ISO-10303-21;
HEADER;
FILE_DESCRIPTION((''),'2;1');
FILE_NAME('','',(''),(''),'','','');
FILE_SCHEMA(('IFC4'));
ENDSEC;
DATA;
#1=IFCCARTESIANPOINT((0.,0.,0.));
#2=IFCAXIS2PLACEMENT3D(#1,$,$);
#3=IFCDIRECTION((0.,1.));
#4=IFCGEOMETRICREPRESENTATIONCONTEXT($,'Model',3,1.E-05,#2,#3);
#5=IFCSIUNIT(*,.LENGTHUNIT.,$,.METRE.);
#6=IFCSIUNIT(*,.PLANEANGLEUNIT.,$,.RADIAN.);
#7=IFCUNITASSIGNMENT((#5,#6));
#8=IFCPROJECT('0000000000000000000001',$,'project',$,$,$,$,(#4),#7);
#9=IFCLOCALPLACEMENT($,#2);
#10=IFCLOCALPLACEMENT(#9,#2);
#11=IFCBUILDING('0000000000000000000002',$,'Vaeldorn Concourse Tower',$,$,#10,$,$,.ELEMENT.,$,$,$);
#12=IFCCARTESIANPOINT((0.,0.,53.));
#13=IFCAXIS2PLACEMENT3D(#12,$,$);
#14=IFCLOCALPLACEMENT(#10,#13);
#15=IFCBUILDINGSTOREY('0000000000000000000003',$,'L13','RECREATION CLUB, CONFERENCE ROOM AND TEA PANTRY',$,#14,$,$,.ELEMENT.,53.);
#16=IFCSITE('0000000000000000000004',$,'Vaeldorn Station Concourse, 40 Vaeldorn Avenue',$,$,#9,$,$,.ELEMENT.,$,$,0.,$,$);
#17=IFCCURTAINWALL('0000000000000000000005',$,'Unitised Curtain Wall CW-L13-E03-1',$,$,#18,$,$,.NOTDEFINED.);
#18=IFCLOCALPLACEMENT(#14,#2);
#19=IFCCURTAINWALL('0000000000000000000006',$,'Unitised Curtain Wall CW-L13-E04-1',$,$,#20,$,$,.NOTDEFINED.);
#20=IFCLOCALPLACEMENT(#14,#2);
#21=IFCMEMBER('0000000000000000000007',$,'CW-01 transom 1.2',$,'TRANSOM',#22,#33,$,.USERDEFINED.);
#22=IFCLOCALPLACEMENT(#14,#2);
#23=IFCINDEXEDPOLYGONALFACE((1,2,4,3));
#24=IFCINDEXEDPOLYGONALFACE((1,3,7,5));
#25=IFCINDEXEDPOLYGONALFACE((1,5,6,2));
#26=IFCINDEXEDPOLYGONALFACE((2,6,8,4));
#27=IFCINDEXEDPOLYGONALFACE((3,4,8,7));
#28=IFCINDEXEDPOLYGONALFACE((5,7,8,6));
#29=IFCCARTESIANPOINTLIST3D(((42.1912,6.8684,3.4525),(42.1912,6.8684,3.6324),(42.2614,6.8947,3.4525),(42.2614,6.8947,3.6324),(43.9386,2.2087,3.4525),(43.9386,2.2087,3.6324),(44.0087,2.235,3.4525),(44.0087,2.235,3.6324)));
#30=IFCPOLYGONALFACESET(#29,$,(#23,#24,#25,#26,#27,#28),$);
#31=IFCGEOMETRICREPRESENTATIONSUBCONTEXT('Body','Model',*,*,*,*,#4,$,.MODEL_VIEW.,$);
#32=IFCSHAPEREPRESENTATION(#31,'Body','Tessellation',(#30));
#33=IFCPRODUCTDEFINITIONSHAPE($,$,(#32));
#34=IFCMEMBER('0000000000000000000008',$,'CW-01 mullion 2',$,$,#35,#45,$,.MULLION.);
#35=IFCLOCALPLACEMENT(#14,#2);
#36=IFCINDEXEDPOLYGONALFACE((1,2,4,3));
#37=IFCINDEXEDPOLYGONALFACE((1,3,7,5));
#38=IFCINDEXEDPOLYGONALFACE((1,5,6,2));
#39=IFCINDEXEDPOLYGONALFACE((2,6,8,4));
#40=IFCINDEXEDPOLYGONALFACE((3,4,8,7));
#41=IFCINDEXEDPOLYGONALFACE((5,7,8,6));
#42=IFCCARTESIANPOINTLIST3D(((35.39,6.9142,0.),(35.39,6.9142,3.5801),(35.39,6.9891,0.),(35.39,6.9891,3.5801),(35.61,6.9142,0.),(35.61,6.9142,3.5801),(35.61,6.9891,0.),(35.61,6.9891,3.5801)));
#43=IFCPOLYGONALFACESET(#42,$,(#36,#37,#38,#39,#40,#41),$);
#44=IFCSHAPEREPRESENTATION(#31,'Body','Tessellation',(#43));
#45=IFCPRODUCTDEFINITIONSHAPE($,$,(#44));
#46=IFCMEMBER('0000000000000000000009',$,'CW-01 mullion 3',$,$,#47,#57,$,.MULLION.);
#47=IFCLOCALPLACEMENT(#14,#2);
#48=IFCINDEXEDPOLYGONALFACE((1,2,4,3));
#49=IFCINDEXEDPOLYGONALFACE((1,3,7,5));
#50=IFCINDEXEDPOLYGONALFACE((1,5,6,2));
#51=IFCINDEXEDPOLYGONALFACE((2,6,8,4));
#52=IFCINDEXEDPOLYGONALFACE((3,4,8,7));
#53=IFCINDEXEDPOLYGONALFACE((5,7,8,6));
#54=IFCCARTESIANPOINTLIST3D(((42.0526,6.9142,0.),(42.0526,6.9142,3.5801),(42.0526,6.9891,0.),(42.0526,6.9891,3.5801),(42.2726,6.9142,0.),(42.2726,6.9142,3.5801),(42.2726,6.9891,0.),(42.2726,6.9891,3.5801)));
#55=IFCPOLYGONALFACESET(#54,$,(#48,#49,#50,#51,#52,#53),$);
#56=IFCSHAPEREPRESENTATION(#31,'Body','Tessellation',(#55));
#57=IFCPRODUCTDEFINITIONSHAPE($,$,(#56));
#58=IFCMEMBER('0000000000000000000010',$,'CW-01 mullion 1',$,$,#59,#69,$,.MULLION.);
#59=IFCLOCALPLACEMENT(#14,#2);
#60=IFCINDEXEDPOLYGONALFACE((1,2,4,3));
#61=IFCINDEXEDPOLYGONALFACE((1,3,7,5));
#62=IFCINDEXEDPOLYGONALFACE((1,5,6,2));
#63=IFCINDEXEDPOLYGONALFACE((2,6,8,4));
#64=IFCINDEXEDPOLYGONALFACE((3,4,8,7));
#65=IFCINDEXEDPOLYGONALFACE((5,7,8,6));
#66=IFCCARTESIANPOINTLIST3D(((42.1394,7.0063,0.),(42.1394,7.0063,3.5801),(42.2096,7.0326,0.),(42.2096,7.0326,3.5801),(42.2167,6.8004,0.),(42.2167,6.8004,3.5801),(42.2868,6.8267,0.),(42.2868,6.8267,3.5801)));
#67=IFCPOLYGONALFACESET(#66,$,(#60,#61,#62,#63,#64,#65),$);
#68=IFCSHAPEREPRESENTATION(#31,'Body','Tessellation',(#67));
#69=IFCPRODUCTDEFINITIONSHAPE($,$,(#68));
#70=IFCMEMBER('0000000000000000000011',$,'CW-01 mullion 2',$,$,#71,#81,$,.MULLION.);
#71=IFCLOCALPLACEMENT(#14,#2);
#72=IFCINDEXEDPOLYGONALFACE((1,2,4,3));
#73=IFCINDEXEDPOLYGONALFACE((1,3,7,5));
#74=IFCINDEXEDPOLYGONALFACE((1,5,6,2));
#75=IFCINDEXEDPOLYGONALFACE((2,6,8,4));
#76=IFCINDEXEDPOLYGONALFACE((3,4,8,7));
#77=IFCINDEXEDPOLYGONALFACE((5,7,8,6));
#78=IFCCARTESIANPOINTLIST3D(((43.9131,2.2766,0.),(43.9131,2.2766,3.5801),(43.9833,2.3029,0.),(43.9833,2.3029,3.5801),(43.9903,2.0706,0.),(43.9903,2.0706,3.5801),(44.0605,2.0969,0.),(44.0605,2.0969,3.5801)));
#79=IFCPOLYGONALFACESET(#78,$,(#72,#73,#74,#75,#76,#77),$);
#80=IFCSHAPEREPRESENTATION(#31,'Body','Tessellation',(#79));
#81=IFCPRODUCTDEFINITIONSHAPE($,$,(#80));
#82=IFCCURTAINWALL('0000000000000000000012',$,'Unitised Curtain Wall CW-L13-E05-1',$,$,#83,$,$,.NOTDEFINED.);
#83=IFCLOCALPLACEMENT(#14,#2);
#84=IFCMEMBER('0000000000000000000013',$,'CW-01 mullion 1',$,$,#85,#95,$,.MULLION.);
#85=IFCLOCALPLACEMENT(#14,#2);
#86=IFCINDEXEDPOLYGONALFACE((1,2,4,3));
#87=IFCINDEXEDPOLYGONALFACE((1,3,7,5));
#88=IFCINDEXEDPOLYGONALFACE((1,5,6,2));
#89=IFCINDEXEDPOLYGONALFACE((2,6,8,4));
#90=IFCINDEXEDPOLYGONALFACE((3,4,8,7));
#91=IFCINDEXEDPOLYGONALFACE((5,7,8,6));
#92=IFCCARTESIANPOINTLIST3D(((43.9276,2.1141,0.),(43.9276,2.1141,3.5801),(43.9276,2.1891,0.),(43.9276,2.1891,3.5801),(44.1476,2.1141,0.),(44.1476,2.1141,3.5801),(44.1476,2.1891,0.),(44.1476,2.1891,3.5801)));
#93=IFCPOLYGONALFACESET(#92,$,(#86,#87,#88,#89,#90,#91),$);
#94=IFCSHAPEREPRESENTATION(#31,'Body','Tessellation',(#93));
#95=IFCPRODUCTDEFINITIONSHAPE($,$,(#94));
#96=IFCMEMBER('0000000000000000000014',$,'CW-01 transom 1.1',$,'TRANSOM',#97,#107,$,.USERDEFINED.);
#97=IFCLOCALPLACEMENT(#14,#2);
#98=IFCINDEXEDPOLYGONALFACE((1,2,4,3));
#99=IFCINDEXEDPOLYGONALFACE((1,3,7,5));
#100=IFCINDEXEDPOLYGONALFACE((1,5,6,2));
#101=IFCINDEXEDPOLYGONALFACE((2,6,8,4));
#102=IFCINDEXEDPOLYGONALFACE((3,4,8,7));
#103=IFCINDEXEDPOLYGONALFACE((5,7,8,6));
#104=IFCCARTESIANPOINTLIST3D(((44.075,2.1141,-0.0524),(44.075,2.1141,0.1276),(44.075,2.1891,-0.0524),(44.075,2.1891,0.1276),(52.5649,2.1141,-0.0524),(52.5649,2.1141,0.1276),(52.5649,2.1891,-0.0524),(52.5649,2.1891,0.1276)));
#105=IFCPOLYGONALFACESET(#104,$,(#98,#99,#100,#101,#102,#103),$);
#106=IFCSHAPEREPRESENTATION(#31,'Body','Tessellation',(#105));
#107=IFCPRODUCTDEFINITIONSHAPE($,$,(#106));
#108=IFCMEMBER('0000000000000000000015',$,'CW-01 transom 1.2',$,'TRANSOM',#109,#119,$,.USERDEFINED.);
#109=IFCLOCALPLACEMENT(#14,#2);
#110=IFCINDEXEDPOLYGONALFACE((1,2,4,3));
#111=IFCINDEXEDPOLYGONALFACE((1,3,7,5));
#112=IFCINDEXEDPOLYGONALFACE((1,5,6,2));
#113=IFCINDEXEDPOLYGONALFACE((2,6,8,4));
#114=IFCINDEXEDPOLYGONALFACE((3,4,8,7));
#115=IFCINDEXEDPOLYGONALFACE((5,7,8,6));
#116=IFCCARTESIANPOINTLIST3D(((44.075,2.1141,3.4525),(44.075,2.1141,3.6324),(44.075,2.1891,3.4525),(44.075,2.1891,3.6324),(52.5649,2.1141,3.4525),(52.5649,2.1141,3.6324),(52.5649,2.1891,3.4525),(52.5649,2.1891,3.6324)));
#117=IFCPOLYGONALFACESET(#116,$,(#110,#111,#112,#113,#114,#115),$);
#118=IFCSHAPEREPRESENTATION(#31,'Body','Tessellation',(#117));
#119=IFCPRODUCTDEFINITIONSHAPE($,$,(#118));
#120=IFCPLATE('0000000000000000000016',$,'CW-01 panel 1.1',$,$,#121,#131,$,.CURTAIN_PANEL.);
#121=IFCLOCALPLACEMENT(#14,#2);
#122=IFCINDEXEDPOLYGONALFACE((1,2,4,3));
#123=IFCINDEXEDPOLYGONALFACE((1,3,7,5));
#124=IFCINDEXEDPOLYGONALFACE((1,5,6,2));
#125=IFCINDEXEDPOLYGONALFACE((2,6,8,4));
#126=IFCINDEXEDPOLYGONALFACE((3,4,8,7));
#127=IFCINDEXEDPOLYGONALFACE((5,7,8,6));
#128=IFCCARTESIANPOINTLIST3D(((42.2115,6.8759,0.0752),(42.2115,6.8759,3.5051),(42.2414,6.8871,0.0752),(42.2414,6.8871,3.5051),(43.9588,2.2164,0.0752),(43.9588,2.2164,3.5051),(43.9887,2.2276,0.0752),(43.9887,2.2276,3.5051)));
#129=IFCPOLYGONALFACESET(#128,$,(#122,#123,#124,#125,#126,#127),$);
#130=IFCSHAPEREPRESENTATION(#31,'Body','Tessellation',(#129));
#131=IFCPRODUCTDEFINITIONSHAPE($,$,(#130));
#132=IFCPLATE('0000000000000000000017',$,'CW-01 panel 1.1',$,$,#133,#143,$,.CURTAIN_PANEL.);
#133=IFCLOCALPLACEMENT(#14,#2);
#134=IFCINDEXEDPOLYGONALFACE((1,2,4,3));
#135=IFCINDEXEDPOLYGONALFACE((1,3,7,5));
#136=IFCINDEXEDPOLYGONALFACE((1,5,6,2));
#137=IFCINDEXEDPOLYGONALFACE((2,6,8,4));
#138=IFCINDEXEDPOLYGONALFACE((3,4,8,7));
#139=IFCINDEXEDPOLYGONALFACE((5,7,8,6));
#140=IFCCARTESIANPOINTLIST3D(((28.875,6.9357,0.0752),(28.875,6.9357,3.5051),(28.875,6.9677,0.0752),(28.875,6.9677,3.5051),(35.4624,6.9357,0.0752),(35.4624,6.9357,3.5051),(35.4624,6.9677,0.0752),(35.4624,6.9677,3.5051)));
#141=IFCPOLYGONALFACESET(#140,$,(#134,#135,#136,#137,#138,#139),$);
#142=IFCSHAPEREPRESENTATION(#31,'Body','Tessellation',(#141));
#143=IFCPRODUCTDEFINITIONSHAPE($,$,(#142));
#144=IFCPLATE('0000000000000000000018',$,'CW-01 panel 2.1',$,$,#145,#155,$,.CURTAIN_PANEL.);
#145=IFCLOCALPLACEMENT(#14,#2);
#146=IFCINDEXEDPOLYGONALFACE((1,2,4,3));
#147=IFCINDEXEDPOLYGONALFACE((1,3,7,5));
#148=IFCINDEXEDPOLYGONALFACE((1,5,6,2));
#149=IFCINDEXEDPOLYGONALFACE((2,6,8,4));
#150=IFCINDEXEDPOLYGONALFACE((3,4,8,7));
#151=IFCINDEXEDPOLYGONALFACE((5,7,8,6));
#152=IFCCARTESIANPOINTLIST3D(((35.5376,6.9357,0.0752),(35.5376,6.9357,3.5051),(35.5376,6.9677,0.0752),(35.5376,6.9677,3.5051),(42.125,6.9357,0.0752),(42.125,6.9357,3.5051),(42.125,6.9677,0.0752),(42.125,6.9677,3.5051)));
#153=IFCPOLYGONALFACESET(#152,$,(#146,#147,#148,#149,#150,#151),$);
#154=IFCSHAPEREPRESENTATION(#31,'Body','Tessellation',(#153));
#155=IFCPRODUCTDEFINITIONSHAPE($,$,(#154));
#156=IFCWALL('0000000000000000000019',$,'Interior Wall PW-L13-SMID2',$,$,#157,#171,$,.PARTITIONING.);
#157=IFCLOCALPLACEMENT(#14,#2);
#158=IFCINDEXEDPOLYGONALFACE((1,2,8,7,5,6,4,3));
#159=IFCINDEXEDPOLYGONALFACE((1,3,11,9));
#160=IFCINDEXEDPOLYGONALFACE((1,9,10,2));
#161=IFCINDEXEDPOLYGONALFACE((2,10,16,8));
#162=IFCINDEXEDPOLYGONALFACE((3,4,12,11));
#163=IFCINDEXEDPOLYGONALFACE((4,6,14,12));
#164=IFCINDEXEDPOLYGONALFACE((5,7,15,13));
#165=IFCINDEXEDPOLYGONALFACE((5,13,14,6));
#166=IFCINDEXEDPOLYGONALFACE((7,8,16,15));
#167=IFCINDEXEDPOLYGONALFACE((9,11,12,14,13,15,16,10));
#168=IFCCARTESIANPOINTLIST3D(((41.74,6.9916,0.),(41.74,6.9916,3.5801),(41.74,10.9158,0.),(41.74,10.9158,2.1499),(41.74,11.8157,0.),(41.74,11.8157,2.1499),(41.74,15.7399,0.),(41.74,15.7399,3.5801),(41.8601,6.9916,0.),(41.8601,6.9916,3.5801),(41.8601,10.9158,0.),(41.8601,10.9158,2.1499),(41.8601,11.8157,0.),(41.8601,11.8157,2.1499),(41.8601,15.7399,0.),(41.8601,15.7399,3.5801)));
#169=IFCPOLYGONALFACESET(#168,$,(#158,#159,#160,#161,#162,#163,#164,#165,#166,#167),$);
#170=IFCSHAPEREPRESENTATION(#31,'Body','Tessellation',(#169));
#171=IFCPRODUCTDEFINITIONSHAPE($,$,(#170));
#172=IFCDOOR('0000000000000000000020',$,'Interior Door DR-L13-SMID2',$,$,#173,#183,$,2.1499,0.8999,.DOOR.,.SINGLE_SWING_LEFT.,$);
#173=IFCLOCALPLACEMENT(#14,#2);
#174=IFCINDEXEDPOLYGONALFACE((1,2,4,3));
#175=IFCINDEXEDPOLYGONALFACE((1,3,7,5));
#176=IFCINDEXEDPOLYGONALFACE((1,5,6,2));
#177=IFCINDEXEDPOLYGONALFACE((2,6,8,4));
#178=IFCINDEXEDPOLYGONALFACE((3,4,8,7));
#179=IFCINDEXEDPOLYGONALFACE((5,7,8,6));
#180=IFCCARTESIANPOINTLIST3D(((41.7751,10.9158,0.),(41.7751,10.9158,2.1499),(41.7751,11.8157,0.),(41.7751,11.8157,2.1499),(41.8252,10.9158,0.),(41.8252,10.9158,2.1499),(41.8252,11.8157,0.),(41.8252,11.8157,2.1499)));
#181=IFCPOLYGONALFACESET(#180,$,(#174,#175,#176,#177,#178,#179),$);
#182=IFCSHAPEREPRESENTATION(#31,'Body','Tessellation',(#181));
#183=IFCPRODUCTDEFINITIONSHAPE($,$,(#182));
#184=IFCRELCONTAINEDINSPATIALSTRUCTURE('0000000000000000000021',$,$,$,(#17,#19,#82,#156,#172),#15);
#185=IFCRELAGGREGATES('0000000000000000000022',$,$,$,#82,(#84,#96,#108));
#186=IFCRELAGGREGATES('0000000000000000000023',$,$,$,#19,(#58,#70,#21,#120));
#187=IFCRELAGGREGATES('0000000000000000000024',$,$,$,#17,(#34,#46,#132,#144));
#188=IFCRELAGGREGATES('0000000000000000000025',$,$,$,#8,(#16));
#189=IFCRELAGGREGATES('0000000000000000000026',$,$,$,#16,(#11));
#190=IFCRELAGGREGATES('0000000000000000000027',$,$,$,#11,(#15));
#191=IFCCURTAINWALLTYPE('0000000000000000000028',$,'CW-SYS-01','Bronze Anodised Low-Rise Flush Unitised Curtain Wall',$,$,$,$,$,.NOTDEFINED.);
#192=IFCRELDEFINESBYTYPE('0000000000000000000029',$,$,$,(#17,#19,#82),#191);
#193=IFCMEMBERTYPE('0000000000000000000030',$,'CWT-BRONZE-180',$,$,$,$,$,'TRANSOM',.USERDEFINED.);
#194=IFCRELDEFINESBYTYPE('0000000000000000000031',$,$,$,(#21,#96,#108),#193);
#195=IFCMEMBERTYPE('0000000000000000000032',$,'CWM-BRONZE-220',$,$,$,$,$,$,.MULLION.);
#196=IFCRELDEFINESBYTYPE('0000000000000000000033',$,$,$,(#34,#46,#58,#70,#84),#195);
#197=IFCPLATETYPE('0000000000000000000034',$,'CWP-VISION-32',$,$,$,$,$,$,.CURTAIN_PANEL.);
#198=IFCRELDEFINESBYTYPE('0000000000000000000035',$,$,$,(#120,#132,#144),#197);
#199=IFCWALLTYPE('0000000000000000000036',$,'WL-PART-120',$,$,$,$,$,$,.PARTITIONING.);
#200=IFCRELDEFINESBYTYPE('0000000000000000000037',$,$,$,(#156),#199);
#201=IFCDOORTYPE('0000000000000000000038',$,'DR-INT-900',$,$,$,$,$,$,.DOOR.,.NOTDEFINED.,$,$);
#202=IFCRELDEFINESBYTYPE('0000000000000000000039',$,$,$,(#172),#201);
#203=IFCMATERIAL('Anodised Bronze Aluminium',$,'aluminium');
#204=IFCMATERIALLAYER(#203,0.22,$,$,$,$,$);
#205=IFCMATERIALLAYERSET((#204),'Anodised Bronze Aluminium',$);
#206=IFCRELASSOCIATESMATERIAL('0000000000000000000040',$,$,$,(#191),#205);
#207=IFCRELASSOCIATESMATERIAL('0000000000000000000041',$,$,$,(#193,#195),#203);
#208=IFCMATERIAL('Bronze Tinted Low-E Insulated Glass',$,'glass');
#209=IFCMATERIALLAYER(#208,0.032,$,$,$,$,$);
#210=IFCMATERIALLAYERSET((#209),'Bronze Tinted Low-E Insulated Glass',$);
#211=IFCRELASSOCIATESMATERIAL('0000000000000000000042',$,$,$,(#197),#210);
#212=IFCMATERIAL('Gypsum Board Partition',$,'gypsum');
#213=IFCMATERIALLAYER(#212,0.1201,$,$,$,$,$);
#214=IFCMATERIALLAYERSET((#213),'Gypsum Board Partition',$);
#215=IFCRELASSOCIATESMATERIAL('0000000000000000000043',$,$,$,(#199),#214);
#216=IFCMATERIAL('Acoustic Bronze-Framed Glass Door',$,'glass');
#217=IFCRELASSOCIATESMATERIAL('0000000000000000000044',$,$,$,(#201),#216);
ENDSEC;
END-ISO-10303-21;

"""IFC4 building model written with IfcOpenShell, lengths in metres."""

from ifc_helpers import new_model, si_unit, direction, frame, frame_2d, origin, origin_2d, place, context, subcontext, project, spatial, rectangle, extrude, source, transform, mapped, material, layer, layer_set, material_profile, profile_set, type_object, element, fill, aggregate, save


model = new_model("IFC4")

# Units and contexts
model_context = context("Model", 3, precision=1e-05, world=origin(), true_north=direction((0.0, 1.0)))
body_context = subcontext(model_context, "Body", "Model", "MODEL_VIEW")
ifc_project = project(units=[si_unit("LENGTHUNIT", "METRE"), si_unit("PLANEANGLEUNIT", "RADIAN")], contexts=[model_context])

# Site, building, storey
site_placement = place(None, origin())
site = spatial("IfcSite", under=ifc_project, at=site_placement, Name="Vaeldorn Station Concourse, 40 Vaeldorn Avenue", CompositionType="ELEMENT", RefElevation=0.0)
building_placement = place(site_placement, origin())
building = spatial("IfcBuilding", under=site, at=building_placement, Name="Vaeldorn Concourse Tower", CompositionType="ELEMENT")
storey_placement = place(building_placement, frame((0.0, 0.0, 53.0)))
storey = spatial("IfcBuildingStorey", under=building, at=storey_placement, Name="L13", Description="RECREATION CLUB, CONFERENCE ROOM AND TEA PANTRY", CompositionType="ELEMENT", Elevation=53.0)

# Curtain walls, member
ifc_material_1 = material(Name="Anodised Bronze Aluminium", Category="aluminium")
ifc_layer_1 = layer(ifc_material_1, 0.22)
ifc_layer_set_1 = layer_set([ifc_layer_1], Name="Anodised Bronze Aluminium")
curtain_wall_type = type_object("IfcCurtainWallType", Name="CW-SYS-01", Description="Bronze Anodised Low-Rise Flush Unitised Curtain Wall", PredefinedType="NOTDEFINED", material=ifc_layer_set_1)
curtain_wall_1_placement = place(storey_placement, origin())
curtain_wall_1 = element("IfcCurtainWall", 1, at=curtain_wall_1_placement, inside=storey, type_object=curtain_wall_type, Name="Unitised Curtain Wall CW-L13-E03-1", PredefinedType="NOTDEFINED")
ifc_material_profile_1 = material_profile(ifc_material_1, rectangle(XDim=0.075, YDim=0.1799, at=origin_2d()), Name="CWT 75x180")
ifc_profile_set_1 = profile_set([ifc_material_profile_1], Name="Anodised Bronze Aluminium")
member_type_1 = type_object("IfcMemberType", Name="CWT-BRONZE-180", ElementType="TRANSOM", PredefinedType="USERDEFINED", material=ifc_profile_set_1)
curtain_wall_2_placement = place(storey_placement, origin())
curtain_wall_2 = element("IfcCurtainWall", 2, at=curtain_wall_2_placement, inside=storey, type_object=curtain_wall_type, Name="Unitised Curtain Wall CW-L13-E04-1", PredefinedType="NOTDEFINED")
shared_shape_1 = source(origin(), body_context, "Body", "SweptSolid", [
    extrude(rectangle(XDim=0.075, YDim=0.1799, at=origin_2d()), origin(), (0.0, 0.0, 1.0), 4.9766),
])
member_1_placement = place(storey_placement, frame((42.2263, 6.8816, 3.5425), z_axis=(0.351113, -0.936333, 0.0), x_axis=(0.936333, 0.351113, 0.0)))
member_1 = element("IfcMember", 3, at=member_1_placement, type_object=member_type_1, Name="CW-01 transom 1.2", ObjectType="TRANSOM", PredefinedType="USERDEFINED", context=body_context, shape_type="MappedRepresentation", body=[
    mapped(shared_shape_1, transform((0.0, 0.0, 0.0), scale=1.0)),
])

# Members
ifc_material_profile_2 = material_profile(ifc_material_1, rectangle(XDim=0.075, YDim=0.22, at=origin_2d()), Name="CWM 75x220")
ifc_profile_set_2 = profile_set([ifc_material_profile_2], Name="Anodised Bronze Aluminium")
member_type_2 = type_object("IfcMemberType", Name="CWM-BRONZE-220", PredefinedType="MULLION", material=ifc_profile_set_2)
shared_shape_2 = source(origin(), body_context, "Body", "SweptSolid", [
    extrude(rectangle(XDim=0.075, YDim=0.22, at=origin_2d()), origin(), (0.0, 0.0, 1.0), 3.5801),
])
member_2_placement = place(storey_placement, frame((35.5, 6.9517, 0.0), z_axis=(0.0, 0.0, 1.0), x_axis=(0.0, 1.0, 0.0)))
member_2 = element("IfcMember", 4, at=member_2_placement, type_object=member_type_2, Name="CW-01 mullion 2", PredefinedType="MULLION", context=body_context, shape_type="MappedRepresentation", body=[
    mapped(shared_shape_2, transform((0.0, 0.0, 0.0), scale=1.0)),
])
member_3_placement = place(storey_placement, frame((42.1626, 6.9517, 0.0), z_axis=(0.0, 0.0, 1.0), x_axis=(0.0, 1.0, 0.0)))
member_3 = element("IfcMember", 5, at=member_3_placement, type_object=member_type_2, Name="CW-01 mullion 3", PredefinedType="MULLION", context=body_context, shape_type="MappedRepresentation", body=[
    mapped(shared_shape_2, transform((0.0, 0.0, 0.0), scale=1.0)),
])
member_4_placement = place(storey_placement, frame((42.2131, 6.9165, 0.0), z_axis=(0.0, 0.0, 1.0), x_axis=(0.936329, 0.351123, 0.0)))
member_4 = element("IfcMember", 6, at=member_4_placement, type_object=member_type_2, Name="CW-01 mullion 1", PredefinedType="MULLION", context=body_context, shape_type="MappedRepresentation", body=[
    mapped(shared_shape_2, transform((0.0, 0.0, 0.0), scale=1.0)),
])
member_5_placement = place(storey_placement, frame((43.9868, 2.1868, 0.0), z_axis=(0.0, 0.0, 1.0), x_axis=(0.936329, 0.351123, 0.0)))
member_5 = element("IfcMember", 7, at=member_5_placement, type_object=member_type_2, Name="CW-01 mullion 2", PredefinedType="MULLION", context=body_context, shape_type="MappedRepresentation", body=[
    mapped(shared_shape_2, transform((0.0, 0.0, 0.0), scale=1.0)),
])

# Curtain wall, members
curtain_wall_3_placement = place(storey_placement, origin())
curtain_wall_3 = element("IfcCurtainWall", 8, at=curtain_wall_3_placement, inside=storey, type_object=curtain_wall_type, Name="Unitised Curtain Wall CW-L13-E05-1", PredefinedType="NOTDEFINED")
member_6_placement = place(storey_placement, frame((44.0376, 2.1516, 0.0), z_axis=(0.0, 0.0, 1.0), x_axis=(0.0, 1.0, 0.0)))
member_6 = element("IfcMember", 9, at=member_6_placement, type_object=member_type_2, Name="CW-01 mullion 1", PredefinedType="MULLION", context=body_context, shape_type="MappedRepresentation", body=[
    mapped(shared_shape_2, transform((0.0, 0.0, 0.0), scale=1.0)),
])
shared_shape_3 = source(origin(), body_context, "Body", "SweptSolid", [
    extrude(rectangle(XDim=0.075, YDim=0.1799, at=origin_2d()), origin(), (0.0, 0.0, 1.0), 8.49),
])
member_7_placement = place(storey_placement, frame((44.075, 2.1516, 0.0376), z_axis=(1.0, 0.0, 0.0), x_axis=(0.0, 1.0, 0.0)))
member_7 = element("IfcMember", 10, at=member_7_placement, type_object=member_type_1, Name="CW-01 transom 1.1", ObjectType="TRANSOM", PredefinedType="USERDEFINED", context=body_context, shape_type="MappedRepresentation", body=[
    mapped(shared_shape_3, transform((0.0, 0.0, 0.0), scale=1.0)),
])
member_8_placement = place(storey_placement, frame((44.075, 2.1516, 3.5425), z_axis=(1.0, 0.0, 0.0), x_axis=(0.0, 1.0, 0.0)))
member_8 = element("IfcMember", 11, at=member_8_placement, type_object=member_type_1, Name="CW-01 transom 1.2", ObjectType="TRANSOM", PredefinedType="USERDEFINED", context=body_context, shape_type="MappedRepresentation", body=[
    mapped(shared_shape_3, transform((0.0, 0.0, 0.0), scale=1.0)),
])
aggregate(curtain_wall_3, [member_6, member_7, member_8])

# Plates
ifc_material_2 = material(Name="Bronze Tinted Low-E Insulated Glass", Category="glass")
ifc_layer_2 = layer(ifc_material_2, 0.032)
ifc_layer_set_2 = layer_set([ifc_layer_2], Name="Bronze Tinted Low-E Insulated Glass")
plate_type = type_object("IfcPlateType", Name="CWP-VISION-32", PredefinedType="CURTAIN_PANEL", material=ifc_layer_set_2)
shared_shape_4 = source(origin(), body_context, "Body", "SweptSolid", [
    extrude(rectangle(XDim=4.9763, YDim=0.032, at=origin_2d()), origin(), (0.0, 0.0, 1.0), 3.4299),
])
plate_1_placement = place(storey_placement, frame((43.1001, 4.5518, 0.0752), z_axis=(0.0, 0.0, 1.0), x_axis=(0.351123, -0.936329, 0.0)))
plate_1 = element("IfcPlate", 12, at=plate_1_placement, type_object=plate_type, Name="CW-01 panel 1.1", PredefinedType="CURTAIN_PANEL", context=body_context, shape_type="MappedRepresentation", body=[
    mapped(shared_shape_4, transform((0.0, 0.0, 0.0), scale=1.0)),
])
aggregate(curtain_wall_2, [member_4, member_5, member_1, plate_1])
shared_shape_5 = source(origin(), body_context, "Body", "SweptSolid", [
    extrude(rectangle(XDim=6.5874, YDim=0.032, at=origin_2d()), origin(), (0.0, 0.0, 1.0), 3.4299),
])
plate_2_placement = place(storey_placement, frame((32.1687, 6.9517, 0.0752), z_axis=(0.0, 0.0, 1.0), x_axis=(1.0, 0.0, 0.0)))
plate_2 = element("IfcPlate", 13, at=plate_2_placement, type_object=plate_type, Name="CW-01 panel 1.1", PredefinedType="CURTAIN_PANEL", context=body_context, shape_type="MappedRepresentation", body=[
    mapped(shared_shape_5, transform((0.0, 0.0, 0.0), scale=1.0)),
])
plate_3_placement = place(storey_placement, frame((38.8313, 6.9517, 0.0752), z_axis=(0.0, 0.0, 1.0), x_axis=(1.0, 0.0, 0.0)))
plate_3 = element("IfcPlate", 14, at=plate_3_placement, type_object=plate_type, Name="CW-01 panel 2.1", PredefinedType="CURTAIN_PANEL", context=body_context, shape_type="MappedRepresentation", body=[
    mapped(shared_shape_5, transform((0.0, 0.0, 0.0), scale=1.0)),
])
aggregate(curtain_wall_1, [member_2, member_3, plate_2, plate_3])

# Wall, opening, door
ifc_material_3 = material(Name="Gypsum Board Partition", Category="gypsum")
ifc_layer_3 = layer(ifc_material_3, 0.1201)
ifc_layer_set_3 = layer_set([ifc_layer_3], Name="Gypsum Board Partition")
wall_type = type_object("IfcWallType", Name="WL-PART-120", PredefinedType="PARTITIONING", material=ifc_layer_set_3)
wall_placement = place(storey_placement, frame((41.8, 6.9917, 0.0), z_axis=(0.0, 0.0, 1.0), x_axis=(0.0, 1.0, 0.0)))
wall = element("IfcWall", 15, at=wall_placement, inside=storey, type_object=wall_type, Name="Interior Wall PW-L13-SMID2", PredefinedType="PARTITIONING", context=body_context, shape_type="SweptSolid", body=[
    extrude(rectangle(XDim=8.7483, YDim=0.1201, at=frame_2d((4.374, 0.0))), origin(), (0.0, 0.0, 1.0), 3.5801),
])
opening_placement = place(wall_placement, frame((3.9241, 0.0, 0.0)))
opening = element("IfcOpeningElement", 16, at=opening_placement, cuts=wall, PredefinedType="OPENING", context=body_context, shape_type="SweptSolid", body=[
    extrude(rectangle(XDim=0.8999, YDim=2.1499, at=frame_2d((0.45, 1.075))), frame((0.0, 0.0701, 0.0), z_axis=(0.0, -1.0, 0.0), x_axis=(1.0, 0.0, 0.0)), (0.0, 0.0, 1.0), 0.1401),
])
ifc_material_4 = material(Name="Acoustic Bronze-Framed Glass Door", Category="glass")
door_type = type_object("IfcDoorType", Name="DR-INT-900", OperationType="NOTDEFINED", PredefinedType="DOOR", material=ifc_material_4)
shared_shape_6 = source(origin(), body_context, "Body", "SweptSolid", [
    extrude(rectangle(XDim=0.8999, YDim=2.1499, at=frame_2d((0.45, 1.075))), frame((0.0, 0.0249, 0.0), z_axis=(0.0, -1.0, 0.0), x_axis=(1.0, 0.0, 0.0)), (0.0, 0.0, 1.0), 0.05),
])
door_placement = place(opening_placement, origin())
door = element("IfcDoor", 17, at=door_placement, inside=storey, type_object=door_type, Name="Interior Door DR-L13-SMID2", OperationType="SINGLE_SWING_LEFT", OverallHeight=2.1499, OverallWidth=0.8999, PredefinedType="DOOR", context=body_context, shape_type="MappedRepresentation", body=[
    mapped(shared_shape_6, transform((0.0, 0.0, 0.0), scale=1.0)),
])
fill(opening, door)

save(model, "model.ifc")
